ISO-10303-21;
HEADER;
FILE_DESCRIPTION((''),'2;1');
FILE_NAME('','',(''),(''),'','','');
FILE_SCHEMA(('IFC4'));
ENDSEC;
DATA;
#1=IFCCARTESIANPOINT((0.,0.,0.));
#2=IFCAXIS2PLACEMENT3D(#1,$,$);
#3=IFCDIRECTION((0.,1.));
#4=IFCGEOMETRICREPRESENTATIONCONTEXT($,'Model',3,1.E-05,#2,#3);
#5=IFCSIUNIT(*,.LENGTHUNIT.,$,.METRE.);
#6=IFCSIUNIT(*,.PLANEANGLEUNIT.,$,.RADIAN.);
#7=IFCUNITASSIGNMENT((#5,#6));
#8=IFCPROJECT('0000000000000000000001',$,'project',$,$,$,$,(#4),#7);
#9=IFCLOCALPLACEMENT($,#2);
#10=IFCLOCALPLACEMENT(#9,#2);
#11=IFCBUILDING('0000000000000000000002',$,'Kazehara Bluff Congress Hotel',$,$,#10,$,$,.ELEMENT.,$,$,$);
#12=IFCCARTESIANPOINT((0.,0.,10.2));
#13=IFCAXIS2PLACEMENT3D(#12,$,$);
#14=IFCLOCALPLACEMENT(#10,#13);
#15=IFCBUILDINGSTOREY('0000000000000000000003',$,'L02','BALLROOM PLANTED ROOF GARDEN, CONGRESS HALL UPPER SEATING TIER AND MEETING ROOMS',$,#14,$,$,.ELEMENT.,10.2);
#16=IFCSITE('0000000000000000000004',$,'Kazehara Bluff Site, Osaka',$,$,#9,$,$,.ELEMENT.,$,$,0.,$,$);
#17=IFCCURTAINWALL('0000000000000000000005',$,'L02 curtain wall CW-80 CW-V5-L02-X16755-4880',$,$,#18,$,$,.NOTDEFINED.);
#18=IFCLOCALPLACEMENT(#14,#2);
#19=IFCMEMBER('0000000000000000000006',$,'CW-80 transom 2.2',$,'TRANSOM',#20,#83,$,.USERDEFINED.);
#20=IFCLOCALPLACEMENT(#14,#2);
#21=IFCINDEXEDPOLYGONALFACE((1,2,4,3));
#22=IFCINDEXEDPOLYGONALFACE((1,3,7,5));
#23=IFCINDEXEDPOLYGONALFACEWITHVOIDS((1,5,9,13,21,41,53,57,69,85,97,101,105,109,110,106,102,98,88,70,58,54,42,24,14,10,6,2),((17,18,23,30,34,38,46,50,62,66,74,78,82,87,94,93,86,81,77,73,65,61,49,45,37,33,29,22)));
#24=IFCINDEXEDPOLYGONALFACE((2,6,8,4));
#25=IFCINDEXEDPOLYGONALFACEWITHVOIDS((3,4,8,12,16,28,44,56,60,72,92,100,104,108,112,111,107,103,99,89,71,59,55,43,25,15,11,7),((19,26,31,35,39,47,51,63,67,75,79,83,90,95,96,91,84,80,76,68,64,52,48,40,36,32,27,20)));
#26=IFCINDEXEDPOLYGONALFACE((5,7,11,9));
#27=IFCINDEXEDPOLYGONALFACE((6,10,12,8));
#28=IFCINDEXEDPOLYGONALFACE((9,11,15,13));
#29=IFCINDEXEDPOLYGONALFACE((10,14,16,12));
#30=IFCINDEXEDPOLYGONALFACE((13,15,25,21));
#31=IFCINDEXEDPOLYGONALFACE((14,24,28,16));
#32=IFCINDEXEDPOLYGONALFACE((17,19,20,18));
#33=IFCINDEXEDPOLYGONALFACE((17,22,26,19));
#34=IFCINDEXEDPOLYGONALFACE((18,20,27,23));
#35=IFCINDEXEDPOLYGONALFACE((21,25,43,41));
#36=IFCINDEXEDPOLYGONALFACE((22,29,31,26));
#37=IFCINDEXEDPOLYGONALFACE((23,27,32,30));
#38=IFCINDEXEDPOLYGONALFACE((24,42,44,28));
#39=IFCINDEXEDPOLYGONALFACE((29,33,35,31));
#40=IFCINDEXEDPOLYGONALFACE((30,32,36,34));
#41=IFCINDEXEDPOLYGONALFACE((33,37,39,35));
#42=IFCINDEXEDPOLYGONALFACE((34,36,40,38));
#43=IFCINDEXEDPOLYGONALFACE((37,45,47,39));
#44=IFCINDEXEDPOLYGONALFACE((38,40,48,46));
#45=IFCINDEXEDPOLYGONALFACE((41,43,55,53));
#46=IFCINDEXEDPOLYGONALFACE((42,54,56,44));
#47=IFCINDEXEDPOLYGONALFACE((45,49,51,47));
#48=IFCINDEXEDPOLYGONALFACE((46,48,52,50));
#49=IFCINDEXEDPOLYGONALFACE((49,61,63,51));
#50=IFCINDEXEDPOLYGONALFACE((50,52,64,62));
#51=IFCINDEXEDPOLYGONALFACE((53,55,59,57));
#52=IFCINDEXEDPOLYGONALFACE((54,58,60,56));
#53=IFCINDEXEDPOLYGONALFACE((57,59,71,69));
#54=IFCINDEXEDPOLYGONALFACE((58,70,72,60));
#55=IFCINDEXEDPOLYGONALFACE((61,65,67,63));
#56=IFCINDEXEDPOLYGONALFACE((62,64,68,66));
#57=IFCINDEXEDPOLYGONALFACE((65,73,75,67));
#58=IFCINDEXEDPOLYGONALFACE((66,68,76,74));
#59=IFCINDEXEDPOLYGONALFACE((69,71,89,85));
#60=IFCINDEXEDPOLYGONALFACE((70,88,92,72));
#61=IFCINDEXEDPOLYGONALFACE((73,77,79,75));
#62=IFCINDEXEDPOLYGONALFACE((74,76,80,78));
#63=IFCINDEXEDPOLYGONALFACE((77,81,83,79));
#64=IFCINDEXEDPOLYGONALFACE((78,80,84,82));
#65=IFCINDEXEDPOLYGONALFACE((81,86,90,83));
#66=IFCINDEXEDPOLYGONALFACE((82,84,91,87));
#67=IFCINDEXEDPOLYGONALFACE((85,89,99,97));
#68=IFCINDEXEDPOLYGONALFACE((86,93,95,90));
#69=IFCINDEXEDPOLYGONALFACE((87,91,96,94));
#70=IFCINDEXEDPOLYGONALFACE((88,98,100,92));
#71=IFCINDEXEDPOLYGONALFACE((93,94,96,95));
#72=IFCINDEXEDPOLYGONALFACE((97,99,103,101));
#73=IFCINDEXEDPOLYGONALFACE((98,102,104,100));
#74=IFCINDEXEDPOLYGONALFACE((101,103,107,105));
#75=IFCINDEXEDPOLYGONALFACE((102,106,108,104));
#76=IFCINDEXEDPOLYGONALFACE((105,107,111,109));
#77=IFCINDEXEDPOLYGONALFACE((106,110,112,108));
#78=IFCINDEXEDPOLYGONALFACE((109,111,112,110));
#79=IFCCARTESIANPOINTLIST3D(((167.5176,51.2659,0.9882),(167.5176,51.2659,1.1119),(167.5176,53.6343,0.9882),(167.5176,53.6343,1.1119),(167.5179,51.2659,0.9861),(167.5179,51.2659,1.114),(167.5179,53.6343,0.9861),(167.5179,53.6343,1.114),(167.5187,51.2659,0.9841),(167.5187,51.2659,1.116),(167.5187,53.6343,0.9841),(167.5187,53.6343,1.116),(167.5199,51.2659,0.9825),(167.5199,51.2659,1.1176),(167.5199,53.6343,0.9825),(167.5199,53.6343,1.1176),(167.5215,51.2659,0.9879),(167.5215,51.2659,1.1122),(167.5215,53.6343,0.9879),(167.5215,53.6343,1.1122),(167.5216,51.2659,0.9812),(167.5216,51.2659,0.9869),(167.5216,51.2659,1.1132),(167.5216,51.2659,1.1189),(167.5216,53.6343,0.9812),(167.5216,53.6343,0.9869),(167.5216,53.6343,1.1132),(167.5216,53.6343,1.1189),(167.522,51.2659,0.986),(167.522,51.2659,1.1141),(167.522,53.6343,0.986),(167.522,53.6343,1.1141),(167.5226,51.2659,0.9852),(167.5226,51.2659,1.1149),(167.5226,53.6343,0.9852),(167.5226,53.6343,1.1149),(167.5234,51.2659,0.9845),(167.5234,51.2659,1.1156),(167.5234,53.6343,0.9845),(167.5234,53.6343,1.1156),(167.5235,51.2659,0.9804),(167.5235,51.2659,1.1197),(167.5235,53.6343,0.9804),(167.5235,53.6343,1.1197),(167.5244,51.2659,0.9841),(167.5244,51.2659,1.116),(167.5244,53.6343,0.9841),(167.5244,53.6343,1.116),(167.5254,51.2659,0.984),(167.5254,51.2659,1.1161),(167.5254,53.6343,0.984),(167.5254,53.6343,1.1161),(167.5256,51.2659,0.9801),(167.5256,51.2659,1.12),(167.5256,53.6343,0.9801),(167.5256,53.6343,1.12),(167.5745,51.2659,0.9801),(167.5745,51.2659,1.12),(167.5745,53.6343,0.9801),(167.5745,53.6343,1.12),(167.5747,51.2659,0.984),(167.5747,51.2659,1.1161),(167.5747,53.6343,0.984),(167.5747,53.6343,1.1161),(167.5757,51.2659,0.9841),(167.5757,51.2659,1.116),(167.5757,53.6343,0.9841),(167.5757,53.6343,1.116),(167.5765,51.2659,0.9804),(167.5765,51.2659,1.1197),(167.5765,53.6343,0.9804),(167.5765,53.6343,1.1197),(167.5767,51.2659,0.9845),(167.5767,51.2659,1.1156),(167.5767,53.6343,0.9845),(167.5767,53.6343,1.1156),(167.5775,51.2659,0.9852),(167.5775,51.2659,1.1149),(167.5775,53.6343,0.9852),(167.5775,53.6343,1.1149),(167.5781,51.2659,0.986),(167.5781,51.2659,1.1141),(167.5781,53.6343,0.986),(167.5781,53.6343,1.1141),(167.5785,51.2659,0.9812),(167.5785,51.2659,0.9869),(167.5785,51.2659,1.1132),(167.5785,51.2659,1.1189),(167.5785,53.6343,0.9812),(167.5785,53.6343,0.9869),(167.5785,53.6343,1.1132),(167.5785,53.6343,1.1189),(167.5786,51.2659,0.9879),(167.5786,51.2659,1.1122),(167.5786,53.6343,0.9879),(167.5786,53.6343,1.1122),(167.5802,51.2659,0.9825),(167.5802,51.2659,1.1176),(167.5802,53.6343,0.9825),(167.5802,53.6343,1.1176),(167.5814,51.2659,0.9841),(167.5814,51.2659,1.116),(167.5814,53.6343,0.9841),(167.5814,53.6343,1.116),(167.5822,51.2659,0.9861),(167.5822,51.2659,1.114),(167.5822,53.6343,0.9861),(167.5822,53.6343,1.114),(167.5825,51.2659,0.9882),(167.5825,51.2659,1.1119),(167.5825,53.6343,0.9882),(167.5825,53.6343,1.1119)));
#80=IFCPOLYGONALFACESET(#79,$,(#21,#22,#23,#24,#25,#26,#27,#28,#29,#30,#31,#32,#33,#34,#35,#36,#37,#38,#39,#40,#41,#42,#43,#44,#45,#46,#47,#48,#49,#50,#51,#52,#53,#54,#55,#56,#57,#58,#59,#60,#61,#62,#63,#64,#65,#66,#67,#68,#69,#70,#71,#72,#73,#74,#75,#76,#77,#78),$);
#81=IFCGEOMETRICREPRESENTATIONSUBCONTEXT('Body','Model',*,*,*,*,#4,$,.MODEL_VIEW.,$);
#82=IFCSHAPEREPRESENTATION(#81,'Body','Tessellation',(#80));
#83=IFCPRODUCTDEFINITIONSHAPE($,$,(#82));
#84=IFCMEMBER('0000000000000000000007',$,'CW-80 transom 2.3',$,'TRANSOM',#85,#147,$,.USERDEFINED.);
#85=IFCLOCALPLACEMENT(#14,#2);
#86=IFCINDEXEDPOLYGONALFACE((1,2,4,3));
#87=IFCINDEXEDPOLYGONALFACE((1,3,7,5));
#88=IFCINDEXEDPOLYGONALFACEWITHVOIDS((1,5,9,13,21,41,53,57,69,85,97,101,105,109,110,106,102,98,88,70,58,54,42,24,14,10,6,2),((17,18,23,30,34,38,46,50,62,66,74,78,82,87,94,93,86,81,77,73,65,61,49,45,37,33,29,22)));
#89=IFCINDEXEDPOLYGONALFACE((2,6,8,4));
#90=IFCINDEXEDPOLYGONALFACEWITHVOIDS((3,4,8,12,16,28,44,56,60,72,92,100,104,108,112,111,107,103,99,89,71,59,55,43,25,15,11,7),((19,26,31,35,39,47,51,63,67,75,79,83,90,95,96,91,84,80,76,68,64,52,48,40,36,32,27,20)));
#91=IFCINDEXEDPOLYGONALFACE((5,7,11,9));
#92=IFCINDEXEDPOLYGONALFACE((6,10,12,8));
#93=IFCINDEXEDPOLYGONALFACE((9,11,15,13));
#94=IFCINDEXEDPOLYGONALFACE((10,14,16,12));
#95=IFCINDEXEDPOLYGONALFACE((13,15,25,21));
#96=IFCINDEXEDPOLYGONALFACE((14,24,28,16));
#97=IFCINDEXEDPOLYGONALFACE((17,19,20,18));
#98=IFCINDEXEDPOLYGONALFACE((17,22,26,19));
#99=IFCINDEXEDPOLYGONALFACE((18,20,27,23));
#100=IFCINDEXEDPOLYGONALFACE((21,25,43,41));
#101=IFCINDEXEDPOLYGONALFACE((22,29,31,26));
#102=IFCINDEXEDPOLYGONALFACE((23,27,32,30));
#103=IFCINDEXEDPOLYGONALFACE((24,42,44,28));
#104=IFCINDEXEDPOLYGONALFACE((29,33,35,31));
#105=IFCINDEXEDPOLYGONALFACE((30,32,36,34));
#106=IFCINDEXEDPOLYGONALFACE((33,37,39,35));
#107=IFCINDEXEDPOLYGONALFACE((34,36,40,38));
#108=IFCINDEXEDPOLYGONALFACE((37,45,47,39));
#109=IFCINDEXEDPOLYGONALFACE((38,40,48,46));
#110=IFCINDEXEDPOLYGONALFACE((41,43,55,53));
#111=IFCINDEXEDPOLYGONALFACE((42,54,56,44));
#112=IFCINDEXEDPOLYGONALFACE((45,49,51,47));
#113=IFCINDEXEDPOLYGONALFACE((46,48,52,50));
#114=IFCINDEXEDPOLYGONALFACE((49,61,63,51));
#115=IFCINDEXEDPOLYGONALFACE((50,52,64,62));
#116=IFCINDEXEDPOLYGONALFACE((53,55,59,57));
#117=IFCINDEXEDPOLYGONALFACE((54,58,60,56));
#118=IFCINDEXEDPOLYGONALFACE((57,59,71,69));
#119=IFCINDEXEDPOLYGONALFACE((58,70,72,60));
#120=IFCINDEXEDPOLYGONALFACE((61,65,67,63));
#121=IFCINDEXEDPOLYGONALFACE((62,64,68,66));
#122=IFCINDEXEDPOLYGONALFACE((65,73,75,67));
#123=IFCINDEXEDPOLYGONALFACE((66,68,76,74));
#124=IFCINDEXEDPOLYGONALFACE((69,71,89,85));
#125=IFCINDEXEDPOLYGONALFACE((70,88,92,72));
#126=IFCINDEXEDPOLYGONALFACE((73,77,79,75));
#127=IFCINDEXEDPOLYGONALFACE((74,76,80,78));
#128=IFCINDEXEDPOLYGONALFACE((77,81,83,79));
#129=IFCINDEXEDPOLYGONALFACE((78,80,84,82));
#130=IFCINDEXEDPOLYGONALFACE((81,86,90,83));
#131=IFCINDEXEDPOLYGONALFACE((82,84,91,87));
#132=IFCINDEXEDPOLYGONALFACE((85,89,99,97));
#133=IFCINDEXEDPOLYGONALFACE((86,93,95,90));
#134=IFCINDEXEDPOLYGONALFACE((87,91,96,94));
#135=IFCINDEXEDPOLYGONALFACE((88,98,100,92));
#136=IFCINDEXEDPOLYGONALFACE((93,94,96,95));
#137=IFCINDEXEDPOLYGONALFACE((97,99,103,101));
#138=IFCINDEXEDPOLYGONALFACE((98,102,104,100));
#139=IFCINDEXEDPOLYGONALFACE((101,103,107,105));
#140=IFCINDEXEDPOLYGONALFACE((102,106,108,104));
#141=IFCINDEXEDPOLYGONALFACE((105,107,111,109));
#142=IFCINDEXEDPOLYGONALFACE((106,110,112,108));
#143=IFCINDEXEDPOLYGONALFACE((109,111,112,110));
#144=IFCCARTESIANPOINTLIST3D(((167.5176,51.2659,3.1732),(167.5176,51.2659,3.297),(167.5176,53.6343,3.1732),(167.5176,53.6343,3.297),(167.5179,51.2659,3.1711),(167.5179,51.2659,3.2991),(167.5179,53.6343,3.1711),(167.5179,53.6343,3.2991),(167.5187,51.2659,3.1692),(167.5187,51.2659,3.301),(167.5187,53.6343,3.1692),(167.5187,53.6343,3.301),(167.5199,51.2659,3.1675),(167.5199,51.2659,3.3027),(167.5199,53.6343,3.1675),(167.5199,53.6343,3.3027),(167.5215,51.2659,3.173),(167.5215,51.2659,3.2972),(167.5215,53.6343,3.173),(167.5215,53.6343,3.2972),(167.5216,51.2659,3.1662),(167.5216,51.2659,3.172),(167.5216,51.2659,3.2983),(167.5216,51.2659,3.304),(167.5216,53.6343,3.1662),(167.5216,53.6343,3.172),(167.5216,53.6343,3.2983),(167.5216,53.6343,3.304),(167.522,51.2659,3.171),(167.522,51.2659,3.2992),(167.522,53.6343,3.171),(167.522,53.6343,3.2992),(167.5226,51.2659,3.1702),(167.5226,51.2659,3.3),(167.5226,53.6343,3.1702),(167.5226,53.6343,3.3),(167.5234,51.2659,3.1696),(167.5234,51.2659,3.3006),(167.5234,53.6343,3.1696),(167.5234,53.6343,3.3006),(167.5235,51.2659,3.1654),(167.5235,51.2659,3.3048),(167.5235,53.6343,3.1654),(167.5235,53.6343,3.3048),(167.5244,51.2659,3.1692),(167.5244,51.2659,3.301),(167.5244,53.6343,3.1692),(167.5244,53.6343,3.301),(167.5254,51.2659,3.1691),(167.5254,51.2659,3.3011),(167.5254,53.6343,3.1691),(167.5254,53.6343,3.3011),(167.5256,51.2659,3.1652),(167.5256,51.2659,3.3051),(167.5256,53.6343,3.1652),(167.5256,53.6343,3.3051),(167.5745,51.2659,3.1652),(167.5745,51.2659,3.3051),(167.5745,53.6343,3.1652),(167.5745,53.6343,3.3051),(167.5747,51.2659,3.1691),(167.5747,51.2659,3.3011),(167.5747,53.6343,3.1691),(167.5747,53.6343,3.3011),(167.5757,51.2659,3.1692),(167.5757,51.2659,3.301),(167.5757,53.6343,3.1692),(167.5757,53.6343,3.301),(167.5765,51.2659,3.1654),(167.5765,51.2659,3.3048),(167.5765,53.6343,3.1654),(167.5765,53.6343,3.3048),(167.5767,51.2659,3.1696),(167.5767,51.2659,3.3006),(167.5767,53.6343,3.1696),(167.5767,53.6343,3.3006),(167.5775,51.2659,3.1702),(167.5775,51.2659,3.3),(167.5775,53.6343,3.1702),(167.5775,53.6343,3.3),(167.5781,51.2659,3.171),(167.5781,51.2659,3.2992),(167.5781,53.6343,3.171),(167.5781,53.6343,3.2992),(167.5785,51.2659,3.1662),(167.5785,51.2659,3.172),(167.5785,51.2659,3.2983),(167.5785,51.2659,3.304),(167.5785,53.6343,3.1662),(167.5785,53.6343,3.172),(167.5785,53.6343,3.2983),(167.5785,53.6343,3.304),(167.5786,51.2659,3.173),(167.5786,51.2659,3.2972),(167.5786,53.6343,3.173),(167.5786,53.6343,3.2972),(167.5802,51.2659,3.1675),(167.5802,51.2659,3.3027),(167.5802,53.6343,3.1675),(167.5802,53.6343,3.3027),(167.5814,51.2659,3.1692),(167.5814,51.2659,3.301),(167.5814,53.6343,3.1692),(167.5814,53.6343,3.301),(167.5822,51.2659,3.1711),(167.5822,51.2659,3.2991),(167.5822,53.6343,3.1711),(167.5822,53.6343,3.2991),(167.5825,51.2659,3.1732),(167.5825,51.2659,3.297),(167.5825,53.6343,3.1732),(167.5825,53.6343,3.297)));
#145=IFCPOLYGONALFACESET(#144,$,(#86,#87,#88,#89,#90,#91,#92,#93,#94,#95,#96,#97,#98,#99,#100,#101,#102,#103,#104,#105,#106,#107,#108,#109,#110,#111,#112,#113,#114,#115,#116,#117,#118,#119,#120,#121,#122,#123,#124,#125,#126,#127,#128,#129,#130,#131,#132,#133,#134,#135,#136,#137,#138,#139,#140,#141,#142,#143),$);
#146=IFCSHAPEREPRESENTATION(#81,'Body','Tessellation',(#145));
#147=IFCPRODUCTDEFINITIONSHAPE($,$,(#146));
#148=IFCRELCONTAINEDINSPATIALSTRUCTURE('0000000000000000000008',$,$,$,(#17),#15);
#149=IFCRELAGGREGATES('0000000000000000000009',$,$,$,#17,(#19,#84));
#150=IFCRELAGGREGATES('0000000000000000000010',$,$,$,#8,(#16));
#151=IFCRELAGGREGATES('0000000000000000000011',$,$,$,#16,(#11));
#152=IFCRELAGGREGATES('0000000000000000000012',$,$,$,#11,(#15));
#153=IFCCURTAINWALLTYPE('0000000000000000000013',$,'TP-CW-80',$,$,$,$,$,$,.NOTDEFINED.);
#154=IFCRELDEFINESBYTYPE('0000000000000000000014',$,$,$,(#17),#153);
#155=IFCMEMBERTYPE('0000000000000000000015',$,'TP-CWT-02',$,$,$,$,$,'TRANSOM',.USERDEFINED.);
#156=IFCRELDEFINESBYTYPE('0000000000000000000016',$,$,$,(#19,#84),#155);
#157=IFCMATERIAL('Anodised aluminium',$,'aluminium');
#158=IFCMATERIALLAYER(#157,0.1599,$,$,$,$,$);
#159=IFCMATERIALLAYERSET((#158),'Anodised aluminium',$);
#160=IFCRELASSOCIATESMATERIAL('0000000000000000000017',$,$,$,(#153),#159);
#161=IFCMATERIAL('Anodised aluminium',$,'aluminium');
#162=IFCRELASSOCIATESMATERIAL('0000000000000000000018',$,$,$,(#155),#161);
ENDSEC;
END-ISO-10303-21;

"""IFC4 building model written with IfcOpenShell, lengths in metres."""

from ifc_helpers import new_model, si_unit, direction, frame, origin, origin_2d, place, context, subcontext, project, spatial, hollow_rectangle, extrude, material, layer, layer_set, material_profile, profile_set, type_object, element, aggregate, save


model = new_model("IFC4")

# Units and contexts
model_context = context("Model", 3, precision=1e-05, world=origin(), true_north=direction((0.0, 1.0)))
body_context = subcontext(model_context, "Body", "Model", "MODEL_VIEW")
ifc_project = project(units=[si_unit("LENGTHUNIT", "METRE"), si_unit("PLANEANGLEUNIT", "RADIAN")], contexts=[model_context])

# Site, building, storey
site_placement = place(None, origin())
site = spatial("IfcSite", under=ifc_project, at=site_placement, Name="Kazehara Bluff Site, Osaka", CompositionType="ELEMENT", RefElevation=0.0)
building_placement = place(site_placement, origin())
building = spatial("IfcBuilding", under=site, at=building_placement, Name="Kazehara Bluff Congress Hotel", CompositionType="ELEMENT")
storey_placement = place(building_placement, frame((0.0, 0.0, 10.2)))
storey = spatial("IfcBuildingStorey", under=building, at=storey_placement, Name="L02", Description="BALLROOM PLANTED ROOF GARDEN, CONGRESS HALL UPPER SEATING TIER AND MEETING ROOMS", CompositionType="ELEMENT", Elevation=10.2)

# Curtain wall, members
ifc_material_1 = material(Name="Anodised aluminium", Category="aluminium")
ifc_layer_1 = layer(ifc_material_1, 0.1599)
ifc_layer_set_1 = layer_set([ifc_layer_1], Name="Anodised aluminium")
curtain_wall_type_1 = type_object("IfcCurtainWallType", Name="TP-CW-80", PredefinedType="NOTDEFINED", material=ifc_layer_set_1)
curtain_wall_1_placement = place(storey_placement, origin())
curtain_wall_1 = element("IfcCurtainWall", 1, at=curtain_wall_1_placement, inside=storey, type_object=curtain_wall_type_1, Name="L02 curtain wall CW-80 CW-V5-L02-X16755-4880", PredefinedType="NOTDEFINED")
ifc_material_2 = material(Name="Anodised aluminium", Category="aluminium")
ifc_material_profile_1 = material_profile(ifc_material_2, hollow_rectangle(XDim=0.0649, YDim=0.1399, WallThickness=0.0039, InnerFilletRadius=0.0039, OuterFilletRadius=0.0081, at=origin_2d()))
ifc_profile_set_1 = profile_set([ifc_material_profile_1], Name="Anodised aluminium")
member_type_1 = type_object("IfcMemberType", Name="TP-CWT-02", ElementType="TRANSOM", PredefinedType="USERDEFINED", material=ifc_profile_set_1)
member_1_placement = place(storey_placement, frame((167.55, 51.2659, 1.05), z_axis=(0.0, 1.0, 0.0), x_axis=(-1.0, 0.0, 0.0)))
member_1 = element("IfcMember", 2, at=member_1_placement, type_object=member_type_1, Name="CW-80 transom 2.2", ObjectType="TRANSOM", PredefinedType="USERDEFINED", context=body_context, shape_type="SweptSolid", body=[
    extrude(hollow_rectangle(XDim=0.0649, YDim=0.1399, WallThickness=0.0039, InnerFilletRadius=0.0039, OuterFilletRadius=0.0081, at=origin_2d()), origin(), (0.0, 0.0, 1.0), 2.3684),
])
member_2_placement = place(storey_placement, frame((167.55, 51.2659, 3.2351), z_axis=(0.0, 1.0, 0.0), x_axis=(-1.0, 0.0, 0.0)))
member_2 = element("IfcMember", 3, at=member_2_placement, type_object=member_type_1, Name="CW-80 transom 2.3", ObjectType="TRANSOM", PredefinedType="USERDEFINED", context=body_context, shape_type="SweptSolid", body=[
    extrude(hollow_rectangle(XDim=0.0649, YDim=0.1399, WallThickness=0.0039, InnerFilletRadius=0.0039, OuterFilletRadius=0.0081, at=origin_2d()), origin(), (0.0, 0.0, 1.0), 2.3684),
])

aggregate(curtain_wall_1, [member_1, member_2])

save(model, "model.ifc")
